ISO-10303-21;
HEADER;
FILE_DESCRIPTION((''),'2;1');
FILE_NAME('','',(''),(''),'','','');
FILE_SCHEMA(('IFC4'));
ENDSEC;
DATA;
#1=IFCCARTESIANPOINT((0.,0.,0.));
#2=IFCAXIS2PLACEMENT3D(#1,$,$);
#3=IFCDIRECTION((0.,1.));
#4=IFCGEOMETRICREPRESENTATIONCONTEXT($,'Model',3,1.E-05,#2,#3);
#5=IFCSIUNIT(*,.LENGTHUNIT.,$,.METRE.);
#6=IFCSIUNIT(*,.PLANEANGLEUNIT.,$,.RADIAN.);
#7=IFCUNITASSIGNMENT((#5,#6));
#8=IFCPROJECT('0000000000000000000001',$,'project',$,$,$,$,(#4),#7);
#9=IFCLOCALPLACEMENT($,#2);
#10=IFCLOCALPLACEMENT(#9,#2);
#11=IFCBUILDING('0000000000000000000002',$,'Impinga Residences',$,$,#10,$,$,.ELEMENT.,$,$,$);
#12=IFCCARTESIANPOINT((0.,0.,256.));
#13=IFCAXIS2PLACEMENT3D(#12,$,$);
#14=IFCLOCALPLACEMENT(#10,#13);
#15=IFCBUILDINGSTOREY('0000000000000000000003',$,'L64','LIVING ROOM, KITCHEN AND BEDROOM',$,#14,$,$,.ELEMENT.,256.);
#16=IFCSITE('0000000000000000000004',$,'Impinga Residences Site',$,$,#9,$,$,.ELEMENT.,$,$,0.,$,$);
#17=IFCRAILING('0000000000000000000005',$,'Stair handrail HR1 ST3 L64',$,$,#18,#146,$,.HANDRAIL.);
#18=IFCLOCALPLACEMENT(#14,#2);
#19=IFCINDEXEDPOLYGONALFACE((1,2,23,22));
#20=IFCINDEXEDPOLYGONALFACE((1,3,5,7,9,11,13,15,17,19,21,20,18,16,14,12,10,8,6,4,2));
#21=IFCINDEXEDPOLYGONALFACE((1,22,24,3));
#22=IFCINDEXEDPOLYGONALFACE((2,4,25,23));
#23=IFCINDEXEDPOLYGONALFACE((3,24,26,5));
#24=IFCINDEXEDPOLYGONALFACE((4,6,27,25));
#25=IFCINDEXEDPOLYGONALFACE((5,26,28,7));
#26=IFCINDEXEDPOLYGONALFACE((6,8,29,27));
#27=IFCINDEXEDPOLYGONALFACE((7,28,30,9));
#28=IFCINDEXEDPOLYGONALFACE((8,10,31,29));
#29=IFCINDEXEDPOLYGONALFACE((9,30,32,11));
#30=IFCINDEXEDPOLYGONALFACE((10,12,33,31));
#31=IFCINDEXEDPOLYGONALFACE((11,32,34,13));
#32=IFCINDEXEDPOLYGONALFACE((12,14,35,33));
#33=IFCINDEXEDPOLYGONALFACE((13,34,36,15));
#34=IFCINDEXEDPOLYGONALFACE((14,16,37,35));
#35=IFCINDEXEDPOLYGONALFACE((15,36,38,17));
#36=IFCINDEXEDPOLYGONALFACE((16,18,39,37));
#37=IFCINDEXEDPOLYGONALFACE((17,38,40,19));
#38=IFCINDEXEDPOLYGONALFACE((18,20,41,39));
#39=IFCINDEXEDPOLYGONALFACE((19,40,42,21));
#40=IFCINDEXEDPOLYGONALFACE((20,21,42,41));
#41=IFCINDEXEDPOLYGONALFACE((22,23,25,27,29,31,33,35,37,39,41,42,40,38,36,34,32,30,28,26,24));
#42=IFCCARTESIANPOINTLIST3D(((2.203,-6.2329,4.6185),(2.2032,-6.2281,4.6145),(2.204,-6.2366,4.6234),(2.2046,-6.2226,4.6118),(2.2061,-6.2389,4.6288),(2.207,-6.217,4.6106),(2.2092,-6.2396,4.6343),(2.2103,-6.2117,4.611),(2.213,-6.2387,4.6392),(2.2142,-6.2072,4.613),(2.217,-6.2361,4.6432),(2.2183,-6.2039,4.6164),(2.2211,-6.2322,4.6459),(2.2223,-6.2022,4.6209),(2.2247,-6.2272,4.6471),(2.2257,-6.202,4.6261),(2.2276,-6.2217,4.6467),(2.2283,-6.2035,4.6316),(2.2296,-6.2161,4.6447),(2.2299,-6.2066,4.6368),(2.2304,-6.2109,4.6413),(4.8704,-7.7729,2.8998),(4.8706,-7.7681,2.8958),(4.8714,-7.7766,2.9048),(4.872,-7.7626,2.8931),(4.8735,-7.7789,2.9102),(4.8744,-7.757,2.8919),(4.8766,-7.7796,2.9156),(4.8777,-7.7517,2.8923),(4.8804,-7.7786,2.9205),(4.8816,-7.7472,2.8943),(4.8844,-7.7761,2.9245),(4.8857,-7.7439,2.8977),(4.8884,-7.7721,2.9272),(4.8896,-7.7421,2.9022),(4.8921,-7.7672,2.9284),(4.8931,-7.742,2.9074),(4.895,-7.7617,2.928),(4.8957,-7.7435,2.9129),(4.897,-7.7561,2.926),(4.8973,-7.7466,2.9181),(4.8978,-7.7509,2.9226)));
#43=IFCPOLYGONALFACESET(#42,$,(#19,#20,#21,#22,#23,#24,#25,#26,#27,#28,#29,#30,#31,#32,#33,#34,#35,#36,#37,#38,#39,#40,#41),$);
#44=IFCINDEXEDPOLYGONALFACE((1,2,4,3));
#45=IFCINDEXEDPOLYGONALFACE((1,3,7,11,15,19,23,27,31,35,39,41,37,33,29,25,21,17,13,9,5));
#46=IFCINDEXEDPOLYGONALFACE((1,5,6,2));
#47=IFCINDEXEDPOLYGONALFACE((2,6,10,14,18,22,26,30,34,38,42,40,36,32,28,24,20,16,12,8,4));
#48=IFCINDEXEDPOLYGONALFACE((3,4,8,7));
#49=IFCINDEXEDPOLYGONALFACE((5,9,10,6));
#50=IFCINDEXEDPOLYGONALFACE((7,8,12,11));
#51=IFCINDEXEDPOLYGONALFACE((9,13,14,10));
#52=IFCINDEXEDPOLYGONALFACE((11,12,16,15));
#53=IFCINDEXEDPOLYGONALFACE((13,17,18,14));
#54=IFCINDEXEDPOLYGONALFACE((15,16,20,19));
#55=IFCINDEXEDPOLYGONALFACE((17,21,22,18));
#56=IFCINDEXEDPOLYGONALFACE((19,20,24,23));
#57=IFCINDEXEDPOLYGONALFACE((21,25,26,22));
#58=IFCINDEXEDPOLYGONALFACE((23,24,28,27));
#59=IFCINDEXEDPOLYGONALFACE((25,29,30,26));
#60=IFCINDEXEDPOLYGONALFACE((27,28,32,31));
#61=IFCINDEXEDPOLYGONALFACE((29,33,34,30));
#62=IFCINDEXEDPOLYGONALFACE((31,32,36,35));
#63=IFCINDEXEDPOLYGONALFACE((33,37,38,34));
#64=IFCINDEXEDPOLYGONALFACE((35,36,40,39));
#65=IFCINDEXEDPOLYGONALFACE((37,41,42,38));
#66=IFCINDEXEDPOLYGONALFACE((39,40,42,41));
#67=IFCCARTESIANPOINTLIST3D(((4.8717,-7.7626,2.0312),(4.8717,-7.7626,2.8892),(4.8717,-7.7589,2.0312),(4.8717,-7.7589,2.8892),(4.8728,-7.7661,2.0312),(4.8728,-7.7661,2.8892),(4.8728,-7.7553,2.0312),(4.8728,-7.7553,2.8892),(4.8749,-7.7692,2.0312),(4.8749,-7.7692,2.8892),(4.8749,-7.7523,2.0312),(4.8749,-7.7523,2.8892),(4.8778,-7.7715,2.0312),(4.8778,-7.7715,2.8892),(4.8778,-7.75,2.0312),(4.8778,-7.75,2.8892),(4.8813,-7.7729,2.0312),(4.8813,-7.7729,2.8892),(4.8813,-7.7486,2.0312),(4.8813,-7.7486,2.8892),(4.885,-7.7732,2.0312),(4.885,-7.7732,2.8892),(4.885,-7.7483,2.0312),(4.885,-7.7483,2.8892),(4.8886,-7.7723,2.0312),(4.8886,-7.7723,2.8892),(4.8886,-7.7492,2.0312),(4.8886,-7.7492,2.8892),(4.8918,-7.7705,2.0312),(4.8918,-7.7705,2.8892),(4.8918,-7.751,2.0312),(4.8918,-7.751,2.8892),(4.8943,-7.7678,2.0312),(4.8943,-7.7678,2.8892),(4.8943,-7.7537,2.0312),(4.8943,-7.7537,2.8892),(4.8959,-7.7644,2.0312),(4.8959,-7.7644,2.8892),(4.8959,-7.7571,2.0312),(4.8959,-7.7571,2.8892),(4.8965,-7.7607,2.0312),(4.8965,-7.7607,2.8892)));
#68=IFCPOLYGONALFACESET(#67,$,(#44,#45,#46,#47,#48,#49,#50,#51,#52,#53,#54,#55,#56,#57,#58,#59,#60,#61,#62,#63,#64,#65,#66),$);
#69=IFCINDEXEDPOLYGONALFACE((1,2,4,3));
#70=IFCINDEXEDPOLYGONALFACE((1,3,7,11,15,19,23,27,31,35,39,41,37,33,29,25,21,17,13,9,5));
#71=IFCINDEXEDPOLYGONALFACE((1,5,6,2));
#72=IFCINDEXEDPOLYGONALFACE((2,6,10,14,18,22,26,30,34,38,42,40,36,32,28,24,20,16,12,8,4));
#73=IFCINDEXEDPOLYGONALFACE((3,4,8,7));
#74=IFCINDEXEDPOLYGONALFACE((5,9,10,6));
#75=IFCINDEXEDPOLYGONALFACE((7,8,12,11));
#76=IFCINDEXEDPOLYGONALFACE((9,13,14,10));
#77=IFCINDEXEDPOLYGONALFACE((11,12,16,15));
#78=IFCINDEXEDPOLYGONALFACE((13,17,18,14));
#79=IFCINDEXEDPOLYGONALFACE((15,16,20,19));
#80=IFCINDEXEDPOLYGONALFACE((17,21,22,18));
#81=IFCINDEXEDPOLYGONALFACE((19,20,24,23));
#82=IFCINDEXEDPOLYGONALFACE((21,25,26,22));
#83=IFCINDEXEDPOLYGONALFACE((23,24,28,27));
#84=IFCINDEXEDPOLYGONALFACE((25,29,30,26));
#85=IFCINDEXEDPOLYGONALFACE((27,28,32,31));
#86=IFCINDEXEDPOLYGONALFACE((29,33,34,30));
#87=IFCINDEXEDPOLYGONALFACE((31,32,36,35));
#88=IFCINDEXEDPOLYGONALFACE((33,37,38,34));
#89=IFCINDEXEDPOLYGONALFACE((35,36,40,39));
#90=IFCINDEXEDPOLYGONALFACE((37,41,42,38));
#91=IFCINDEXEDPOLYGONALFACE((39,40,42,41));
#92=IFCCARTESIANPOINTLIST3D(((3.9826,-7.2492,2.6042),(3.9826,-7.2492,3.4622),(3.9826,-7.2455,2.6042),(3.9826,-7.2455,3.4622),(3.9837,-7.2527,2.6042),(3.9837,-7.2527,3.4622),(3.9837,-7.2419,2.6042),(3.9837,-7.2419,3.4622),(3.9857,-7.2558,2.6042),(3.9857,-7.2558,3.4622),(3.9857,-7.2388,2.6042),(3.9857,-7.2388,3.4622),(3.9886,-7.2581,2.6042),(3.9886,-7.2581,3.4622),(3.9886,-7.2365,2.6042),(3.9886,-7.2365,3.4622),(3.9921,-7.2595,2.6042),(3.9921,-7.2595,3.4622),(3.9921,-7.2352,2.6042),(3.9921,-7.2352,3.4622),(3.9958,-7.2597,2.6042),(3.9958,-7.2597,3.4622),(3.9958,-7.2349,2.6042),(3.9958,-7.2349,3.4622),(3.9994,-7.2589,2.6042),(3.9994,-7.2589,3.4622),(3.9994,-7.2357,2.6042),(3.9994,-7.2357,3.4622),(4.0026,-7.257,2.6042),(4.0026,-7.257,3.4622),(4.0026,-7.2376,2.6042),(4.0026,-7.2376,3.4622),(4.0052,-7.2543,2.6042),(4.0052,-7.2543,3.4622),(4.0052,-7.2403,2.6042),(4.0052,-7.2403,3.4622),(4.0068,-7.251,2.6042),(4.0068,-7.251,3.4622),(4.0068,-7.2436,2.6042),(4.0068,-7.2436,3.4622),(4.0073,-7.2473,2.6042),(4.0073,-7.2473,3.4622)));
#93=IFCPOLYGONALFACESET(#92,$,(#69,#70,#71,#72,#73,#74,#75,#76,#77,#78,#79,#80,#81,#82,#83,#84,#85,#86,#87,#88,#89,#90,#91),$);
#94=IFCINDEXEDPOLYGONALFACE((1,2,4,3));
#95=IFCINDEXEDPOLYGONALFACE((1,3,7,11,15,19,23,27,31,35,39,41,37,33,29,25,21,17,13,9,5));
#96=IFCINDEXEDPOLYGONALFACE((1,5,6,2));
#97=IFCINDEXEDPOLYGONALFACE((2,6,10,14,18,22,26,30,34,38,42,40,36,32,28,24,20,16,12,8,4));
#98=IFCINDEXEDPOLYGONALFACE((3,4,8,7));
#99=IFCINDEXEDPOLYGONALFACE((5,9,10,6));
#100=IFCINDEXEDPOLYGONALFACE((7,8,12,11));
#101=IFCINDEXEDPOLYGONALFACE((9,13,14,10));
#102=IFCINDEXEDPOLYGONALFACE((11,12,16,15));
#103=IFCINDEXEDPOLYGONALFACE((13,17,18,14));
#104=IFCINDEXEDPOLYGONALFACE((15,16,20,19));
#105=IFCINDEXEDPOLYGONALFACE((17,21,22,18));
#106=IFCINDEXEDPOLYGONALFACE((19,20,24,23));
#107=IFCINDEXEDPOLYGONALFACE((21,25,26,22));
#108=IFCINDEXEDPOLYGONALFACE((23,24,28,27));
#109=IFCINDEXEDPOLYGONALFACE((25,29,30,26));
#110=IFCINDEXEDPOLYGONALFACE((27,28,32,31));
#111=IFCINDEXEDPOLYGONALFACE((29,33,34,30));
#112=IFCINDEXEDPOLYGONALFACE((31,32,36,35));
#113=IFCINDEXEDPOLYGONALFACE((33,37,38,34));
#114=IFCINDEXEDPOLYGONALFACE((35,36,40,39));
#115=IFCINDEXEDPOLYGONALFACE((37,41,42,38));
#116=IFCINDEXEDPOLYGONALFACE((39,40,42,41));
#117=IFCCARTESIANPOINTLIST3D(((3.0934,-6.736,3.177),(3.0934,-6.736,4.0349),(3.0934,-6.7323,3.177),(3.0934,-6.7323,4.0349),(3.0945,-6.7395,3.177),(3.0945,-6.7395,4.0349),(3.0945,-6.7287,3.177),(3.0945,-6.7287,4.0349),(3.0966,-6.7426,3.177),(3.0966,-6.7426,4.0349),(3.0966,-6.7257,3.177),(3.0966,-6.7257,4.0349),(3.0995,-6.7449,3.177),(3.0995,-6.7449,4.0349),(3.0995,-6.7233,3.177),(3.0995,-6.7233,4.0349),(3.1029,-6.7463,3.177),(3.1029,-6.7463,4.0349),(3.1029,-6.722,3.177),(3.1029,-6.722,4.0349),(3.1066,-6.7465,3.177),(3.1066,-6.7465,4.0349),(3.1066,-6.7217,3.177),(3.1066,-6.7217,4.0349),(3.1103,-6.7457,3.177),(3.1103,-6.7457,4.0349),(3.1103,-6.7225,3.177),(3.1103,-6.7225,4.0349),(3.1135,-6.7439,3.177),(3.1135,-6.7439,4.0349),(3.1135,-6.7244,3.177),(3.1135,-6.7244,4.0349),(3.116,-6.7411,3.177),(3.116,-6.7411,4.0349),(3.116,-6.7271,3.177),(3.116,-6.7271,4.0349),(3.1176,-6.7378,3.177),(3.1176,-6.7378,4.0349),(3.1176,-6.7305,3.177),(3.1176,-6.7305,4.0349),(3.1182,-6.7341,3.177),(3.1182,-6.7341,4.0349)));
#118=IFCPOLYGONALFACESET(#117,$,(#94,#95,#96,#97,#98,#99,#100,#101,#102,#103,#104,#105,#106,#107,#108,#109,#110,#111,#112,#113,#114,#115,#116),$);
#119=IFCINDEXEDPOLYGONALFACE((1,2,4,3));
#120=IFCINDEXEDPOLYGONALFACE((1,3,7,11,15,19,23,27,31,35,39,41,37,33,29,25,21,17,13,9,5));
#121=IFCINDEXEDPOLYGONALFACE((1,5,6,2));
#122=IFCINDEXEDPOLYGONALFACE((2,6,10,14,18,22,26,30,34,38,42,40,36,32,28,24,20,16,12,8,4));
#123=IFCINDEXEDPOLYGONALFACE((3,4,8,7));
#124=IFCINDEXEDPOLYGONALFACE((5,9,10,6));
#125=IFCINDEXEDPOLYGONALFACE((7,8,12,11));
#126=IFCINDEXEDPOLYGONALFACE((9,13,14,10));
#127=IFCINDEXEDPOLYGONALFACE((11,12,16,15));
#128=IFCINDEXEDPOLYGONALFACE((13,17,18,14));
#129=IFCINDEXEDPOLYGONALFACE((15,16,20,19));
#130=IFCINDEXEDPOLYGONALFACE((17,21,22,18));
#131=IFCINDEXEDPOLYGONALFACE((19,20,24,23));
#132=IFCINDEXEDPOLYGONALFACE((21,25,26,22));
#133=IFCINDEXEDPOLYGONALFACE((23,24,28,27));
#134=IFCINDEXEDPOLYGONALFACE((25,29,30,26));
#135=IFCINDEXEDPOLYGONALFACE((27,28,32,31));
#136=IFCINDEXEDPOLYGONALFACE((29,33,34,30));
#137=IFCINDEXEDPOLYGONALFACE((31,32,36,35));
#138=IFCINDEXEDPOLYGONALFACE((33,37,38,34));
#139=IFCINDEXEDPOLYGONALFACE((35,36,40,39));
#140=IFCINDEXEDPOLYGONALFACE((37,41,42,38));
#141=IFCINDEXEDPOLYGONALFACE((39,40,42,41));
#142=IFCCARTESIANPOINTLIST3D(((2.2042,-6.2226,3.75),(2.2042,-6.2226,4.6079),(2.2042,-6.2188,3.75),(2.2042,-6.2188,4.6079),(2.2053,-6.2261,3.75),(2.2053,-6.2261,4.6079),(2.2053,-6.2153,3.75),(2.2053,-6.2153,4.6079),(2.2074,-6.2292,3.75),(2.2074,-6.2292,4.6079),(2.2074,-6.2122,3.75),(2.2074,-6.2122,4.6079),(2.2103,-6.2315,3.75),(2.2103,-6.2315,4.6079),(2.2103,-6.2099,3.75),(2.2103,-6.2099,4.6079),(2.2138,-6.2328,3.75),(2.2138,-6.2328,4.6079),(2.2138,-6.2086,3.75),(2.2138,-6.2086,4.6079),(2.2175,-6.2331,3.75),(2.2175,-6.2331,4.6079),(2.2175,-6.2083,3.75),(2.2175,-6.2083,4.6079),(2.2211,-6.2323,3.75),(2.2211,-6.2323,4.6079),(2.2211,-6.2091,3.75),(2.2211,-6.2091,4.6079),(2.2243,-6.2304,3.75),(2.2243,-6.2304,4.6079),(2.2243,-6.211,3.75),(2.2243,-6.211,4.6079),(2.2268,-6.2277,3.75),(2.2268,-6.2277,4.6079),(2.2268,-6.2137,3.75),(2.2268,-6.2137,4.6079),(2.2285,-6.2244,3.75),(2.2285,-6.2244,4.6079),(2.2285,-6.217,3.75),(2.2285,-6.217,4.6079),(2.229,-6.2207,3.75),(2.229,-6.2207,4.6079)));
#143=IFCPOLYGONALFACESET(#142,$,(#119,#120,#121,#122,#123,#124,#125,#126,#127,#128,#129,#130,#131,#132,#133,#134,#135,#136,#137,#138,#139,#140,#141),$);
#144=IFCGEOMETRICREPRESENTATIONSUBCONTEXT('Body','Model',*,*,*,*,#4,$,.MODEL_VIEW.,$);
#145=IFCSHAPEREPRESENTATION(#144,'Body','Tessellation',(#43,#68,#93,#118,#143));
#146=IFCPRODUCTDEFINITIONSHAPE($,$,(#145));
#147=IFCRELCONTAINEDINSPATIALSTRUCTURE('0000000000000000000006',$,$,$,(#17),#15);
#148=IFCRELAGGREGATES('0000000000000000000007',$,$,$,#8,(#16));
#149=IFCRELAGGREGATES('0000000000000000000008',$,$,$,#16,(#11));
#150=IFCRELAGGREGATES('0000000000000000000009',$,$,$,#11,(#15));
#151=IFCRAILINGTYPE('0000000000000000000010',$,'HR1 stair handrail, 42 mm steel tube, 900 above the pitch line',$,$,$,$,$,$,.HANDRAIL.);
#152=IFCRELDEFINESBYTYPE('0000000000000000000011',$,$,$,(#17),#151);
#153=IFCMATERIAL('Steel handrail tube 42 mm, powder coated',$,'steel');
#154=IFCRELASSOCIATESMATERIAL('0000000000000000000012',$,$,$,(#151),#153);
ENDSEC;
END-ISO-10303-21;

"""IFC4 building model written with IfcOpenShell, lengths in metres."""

from ifc_helpers import new_model, si_unit, direction, frame, origin, origin_2d, place, context, subcontext, project, spatial, circle, extrude, material, type_object, element, save


model = new_model("IFC4")

# Units and contexts
model_context = context("Model", 3, precision=1e-05, world=origin(), true_north=direction((0.0, 1.0)))
body_context = subcontext(model_context, "Body", "Model", "MODEL_VIEW")
ifc_project = project(units=[si_unit("LENGTHUNIT", "METRE"), si_unit("PLANEANGLEUNIT", "RADIAN")], contexts=[model_context])

# Site, building, storey
site_placement = place(None, origin())
site = spatial("IfcSite", under=ifc_project, at=site_placement, Name="Impinga Residences Site", CompositionType="ELEMENT", RefElevation=0.0)
building_placement = place(site_placement, origin())
building = spatial("IfcBuilding", under=site, at=building_placement, Name="Impinga Residences", CompositionType="ELEMENT")
storey_placement = place(building_placement, frame((0.0, 0.0, 256.0)))
storey = spatial("IfcBuildingStorey", under=building, at=storey_placement, Name="L64", Description="LIVING ROOM, KITCHEN AND BEDROOM", CompositionType="ELEMENT", Elevation=256.0)

# Railing
ifc_material_1 = material(Name="Steel handrail tube 42 mm, powder coated", Category="steel")
railing_type_1 = type_object("IfcRailingType", Name="HR1 stair handrail, 42 mm steel tube, 900 above the pitch line", PredefinedType="HANDRAIL", material=ifc_material_1)
railing_1_placement = place(storey_placement, frame((4.884, -7.7607, 2.0312)))
element("IfcRailing", 1, at=railing_1_placement, inside=storey, type_object=railing_type_1, Name="Stair handrail HR1 ST3 L64", PredefinedType="HANDRAIL", context=body_context, shape_type="SweptSolid", body=[
    extrude(circle(Radius=0.021, at=origin_2d()), frame((0.0, 0.0, 0.8789), z_axis=(-0.756256, 0.436616, 0.487282), x_axis=(-0.499992, -0.86603, 0.0)), (0.0, 0.0, 1.0), 3.5271),
    extrude(circle(Radius=0.0125, at=origin_2d()), origin(), (0.0, 0.0, 1.0), 0.8579),
    extrude(circle(Radius=0.0125, at=origin_2d()), frame((-0.8892, 0.5134, 0.573)), (0.0, 0.0, 1.0), 0.8579),
    extrude(circle(Radius=0.0125, at=origin_2d()), frame((-1.7783, 1.0266, 1.1458)), (0.0, 0.0, 1.0), 0.8579),
    extrude(circle(Radius=0.0125, at=origin_2d()), frame((-2.6675, 1.54, 1.7188)), (0.0, 0.0, 1.0), 0.8579),
])

save(model, "model.ifc")
